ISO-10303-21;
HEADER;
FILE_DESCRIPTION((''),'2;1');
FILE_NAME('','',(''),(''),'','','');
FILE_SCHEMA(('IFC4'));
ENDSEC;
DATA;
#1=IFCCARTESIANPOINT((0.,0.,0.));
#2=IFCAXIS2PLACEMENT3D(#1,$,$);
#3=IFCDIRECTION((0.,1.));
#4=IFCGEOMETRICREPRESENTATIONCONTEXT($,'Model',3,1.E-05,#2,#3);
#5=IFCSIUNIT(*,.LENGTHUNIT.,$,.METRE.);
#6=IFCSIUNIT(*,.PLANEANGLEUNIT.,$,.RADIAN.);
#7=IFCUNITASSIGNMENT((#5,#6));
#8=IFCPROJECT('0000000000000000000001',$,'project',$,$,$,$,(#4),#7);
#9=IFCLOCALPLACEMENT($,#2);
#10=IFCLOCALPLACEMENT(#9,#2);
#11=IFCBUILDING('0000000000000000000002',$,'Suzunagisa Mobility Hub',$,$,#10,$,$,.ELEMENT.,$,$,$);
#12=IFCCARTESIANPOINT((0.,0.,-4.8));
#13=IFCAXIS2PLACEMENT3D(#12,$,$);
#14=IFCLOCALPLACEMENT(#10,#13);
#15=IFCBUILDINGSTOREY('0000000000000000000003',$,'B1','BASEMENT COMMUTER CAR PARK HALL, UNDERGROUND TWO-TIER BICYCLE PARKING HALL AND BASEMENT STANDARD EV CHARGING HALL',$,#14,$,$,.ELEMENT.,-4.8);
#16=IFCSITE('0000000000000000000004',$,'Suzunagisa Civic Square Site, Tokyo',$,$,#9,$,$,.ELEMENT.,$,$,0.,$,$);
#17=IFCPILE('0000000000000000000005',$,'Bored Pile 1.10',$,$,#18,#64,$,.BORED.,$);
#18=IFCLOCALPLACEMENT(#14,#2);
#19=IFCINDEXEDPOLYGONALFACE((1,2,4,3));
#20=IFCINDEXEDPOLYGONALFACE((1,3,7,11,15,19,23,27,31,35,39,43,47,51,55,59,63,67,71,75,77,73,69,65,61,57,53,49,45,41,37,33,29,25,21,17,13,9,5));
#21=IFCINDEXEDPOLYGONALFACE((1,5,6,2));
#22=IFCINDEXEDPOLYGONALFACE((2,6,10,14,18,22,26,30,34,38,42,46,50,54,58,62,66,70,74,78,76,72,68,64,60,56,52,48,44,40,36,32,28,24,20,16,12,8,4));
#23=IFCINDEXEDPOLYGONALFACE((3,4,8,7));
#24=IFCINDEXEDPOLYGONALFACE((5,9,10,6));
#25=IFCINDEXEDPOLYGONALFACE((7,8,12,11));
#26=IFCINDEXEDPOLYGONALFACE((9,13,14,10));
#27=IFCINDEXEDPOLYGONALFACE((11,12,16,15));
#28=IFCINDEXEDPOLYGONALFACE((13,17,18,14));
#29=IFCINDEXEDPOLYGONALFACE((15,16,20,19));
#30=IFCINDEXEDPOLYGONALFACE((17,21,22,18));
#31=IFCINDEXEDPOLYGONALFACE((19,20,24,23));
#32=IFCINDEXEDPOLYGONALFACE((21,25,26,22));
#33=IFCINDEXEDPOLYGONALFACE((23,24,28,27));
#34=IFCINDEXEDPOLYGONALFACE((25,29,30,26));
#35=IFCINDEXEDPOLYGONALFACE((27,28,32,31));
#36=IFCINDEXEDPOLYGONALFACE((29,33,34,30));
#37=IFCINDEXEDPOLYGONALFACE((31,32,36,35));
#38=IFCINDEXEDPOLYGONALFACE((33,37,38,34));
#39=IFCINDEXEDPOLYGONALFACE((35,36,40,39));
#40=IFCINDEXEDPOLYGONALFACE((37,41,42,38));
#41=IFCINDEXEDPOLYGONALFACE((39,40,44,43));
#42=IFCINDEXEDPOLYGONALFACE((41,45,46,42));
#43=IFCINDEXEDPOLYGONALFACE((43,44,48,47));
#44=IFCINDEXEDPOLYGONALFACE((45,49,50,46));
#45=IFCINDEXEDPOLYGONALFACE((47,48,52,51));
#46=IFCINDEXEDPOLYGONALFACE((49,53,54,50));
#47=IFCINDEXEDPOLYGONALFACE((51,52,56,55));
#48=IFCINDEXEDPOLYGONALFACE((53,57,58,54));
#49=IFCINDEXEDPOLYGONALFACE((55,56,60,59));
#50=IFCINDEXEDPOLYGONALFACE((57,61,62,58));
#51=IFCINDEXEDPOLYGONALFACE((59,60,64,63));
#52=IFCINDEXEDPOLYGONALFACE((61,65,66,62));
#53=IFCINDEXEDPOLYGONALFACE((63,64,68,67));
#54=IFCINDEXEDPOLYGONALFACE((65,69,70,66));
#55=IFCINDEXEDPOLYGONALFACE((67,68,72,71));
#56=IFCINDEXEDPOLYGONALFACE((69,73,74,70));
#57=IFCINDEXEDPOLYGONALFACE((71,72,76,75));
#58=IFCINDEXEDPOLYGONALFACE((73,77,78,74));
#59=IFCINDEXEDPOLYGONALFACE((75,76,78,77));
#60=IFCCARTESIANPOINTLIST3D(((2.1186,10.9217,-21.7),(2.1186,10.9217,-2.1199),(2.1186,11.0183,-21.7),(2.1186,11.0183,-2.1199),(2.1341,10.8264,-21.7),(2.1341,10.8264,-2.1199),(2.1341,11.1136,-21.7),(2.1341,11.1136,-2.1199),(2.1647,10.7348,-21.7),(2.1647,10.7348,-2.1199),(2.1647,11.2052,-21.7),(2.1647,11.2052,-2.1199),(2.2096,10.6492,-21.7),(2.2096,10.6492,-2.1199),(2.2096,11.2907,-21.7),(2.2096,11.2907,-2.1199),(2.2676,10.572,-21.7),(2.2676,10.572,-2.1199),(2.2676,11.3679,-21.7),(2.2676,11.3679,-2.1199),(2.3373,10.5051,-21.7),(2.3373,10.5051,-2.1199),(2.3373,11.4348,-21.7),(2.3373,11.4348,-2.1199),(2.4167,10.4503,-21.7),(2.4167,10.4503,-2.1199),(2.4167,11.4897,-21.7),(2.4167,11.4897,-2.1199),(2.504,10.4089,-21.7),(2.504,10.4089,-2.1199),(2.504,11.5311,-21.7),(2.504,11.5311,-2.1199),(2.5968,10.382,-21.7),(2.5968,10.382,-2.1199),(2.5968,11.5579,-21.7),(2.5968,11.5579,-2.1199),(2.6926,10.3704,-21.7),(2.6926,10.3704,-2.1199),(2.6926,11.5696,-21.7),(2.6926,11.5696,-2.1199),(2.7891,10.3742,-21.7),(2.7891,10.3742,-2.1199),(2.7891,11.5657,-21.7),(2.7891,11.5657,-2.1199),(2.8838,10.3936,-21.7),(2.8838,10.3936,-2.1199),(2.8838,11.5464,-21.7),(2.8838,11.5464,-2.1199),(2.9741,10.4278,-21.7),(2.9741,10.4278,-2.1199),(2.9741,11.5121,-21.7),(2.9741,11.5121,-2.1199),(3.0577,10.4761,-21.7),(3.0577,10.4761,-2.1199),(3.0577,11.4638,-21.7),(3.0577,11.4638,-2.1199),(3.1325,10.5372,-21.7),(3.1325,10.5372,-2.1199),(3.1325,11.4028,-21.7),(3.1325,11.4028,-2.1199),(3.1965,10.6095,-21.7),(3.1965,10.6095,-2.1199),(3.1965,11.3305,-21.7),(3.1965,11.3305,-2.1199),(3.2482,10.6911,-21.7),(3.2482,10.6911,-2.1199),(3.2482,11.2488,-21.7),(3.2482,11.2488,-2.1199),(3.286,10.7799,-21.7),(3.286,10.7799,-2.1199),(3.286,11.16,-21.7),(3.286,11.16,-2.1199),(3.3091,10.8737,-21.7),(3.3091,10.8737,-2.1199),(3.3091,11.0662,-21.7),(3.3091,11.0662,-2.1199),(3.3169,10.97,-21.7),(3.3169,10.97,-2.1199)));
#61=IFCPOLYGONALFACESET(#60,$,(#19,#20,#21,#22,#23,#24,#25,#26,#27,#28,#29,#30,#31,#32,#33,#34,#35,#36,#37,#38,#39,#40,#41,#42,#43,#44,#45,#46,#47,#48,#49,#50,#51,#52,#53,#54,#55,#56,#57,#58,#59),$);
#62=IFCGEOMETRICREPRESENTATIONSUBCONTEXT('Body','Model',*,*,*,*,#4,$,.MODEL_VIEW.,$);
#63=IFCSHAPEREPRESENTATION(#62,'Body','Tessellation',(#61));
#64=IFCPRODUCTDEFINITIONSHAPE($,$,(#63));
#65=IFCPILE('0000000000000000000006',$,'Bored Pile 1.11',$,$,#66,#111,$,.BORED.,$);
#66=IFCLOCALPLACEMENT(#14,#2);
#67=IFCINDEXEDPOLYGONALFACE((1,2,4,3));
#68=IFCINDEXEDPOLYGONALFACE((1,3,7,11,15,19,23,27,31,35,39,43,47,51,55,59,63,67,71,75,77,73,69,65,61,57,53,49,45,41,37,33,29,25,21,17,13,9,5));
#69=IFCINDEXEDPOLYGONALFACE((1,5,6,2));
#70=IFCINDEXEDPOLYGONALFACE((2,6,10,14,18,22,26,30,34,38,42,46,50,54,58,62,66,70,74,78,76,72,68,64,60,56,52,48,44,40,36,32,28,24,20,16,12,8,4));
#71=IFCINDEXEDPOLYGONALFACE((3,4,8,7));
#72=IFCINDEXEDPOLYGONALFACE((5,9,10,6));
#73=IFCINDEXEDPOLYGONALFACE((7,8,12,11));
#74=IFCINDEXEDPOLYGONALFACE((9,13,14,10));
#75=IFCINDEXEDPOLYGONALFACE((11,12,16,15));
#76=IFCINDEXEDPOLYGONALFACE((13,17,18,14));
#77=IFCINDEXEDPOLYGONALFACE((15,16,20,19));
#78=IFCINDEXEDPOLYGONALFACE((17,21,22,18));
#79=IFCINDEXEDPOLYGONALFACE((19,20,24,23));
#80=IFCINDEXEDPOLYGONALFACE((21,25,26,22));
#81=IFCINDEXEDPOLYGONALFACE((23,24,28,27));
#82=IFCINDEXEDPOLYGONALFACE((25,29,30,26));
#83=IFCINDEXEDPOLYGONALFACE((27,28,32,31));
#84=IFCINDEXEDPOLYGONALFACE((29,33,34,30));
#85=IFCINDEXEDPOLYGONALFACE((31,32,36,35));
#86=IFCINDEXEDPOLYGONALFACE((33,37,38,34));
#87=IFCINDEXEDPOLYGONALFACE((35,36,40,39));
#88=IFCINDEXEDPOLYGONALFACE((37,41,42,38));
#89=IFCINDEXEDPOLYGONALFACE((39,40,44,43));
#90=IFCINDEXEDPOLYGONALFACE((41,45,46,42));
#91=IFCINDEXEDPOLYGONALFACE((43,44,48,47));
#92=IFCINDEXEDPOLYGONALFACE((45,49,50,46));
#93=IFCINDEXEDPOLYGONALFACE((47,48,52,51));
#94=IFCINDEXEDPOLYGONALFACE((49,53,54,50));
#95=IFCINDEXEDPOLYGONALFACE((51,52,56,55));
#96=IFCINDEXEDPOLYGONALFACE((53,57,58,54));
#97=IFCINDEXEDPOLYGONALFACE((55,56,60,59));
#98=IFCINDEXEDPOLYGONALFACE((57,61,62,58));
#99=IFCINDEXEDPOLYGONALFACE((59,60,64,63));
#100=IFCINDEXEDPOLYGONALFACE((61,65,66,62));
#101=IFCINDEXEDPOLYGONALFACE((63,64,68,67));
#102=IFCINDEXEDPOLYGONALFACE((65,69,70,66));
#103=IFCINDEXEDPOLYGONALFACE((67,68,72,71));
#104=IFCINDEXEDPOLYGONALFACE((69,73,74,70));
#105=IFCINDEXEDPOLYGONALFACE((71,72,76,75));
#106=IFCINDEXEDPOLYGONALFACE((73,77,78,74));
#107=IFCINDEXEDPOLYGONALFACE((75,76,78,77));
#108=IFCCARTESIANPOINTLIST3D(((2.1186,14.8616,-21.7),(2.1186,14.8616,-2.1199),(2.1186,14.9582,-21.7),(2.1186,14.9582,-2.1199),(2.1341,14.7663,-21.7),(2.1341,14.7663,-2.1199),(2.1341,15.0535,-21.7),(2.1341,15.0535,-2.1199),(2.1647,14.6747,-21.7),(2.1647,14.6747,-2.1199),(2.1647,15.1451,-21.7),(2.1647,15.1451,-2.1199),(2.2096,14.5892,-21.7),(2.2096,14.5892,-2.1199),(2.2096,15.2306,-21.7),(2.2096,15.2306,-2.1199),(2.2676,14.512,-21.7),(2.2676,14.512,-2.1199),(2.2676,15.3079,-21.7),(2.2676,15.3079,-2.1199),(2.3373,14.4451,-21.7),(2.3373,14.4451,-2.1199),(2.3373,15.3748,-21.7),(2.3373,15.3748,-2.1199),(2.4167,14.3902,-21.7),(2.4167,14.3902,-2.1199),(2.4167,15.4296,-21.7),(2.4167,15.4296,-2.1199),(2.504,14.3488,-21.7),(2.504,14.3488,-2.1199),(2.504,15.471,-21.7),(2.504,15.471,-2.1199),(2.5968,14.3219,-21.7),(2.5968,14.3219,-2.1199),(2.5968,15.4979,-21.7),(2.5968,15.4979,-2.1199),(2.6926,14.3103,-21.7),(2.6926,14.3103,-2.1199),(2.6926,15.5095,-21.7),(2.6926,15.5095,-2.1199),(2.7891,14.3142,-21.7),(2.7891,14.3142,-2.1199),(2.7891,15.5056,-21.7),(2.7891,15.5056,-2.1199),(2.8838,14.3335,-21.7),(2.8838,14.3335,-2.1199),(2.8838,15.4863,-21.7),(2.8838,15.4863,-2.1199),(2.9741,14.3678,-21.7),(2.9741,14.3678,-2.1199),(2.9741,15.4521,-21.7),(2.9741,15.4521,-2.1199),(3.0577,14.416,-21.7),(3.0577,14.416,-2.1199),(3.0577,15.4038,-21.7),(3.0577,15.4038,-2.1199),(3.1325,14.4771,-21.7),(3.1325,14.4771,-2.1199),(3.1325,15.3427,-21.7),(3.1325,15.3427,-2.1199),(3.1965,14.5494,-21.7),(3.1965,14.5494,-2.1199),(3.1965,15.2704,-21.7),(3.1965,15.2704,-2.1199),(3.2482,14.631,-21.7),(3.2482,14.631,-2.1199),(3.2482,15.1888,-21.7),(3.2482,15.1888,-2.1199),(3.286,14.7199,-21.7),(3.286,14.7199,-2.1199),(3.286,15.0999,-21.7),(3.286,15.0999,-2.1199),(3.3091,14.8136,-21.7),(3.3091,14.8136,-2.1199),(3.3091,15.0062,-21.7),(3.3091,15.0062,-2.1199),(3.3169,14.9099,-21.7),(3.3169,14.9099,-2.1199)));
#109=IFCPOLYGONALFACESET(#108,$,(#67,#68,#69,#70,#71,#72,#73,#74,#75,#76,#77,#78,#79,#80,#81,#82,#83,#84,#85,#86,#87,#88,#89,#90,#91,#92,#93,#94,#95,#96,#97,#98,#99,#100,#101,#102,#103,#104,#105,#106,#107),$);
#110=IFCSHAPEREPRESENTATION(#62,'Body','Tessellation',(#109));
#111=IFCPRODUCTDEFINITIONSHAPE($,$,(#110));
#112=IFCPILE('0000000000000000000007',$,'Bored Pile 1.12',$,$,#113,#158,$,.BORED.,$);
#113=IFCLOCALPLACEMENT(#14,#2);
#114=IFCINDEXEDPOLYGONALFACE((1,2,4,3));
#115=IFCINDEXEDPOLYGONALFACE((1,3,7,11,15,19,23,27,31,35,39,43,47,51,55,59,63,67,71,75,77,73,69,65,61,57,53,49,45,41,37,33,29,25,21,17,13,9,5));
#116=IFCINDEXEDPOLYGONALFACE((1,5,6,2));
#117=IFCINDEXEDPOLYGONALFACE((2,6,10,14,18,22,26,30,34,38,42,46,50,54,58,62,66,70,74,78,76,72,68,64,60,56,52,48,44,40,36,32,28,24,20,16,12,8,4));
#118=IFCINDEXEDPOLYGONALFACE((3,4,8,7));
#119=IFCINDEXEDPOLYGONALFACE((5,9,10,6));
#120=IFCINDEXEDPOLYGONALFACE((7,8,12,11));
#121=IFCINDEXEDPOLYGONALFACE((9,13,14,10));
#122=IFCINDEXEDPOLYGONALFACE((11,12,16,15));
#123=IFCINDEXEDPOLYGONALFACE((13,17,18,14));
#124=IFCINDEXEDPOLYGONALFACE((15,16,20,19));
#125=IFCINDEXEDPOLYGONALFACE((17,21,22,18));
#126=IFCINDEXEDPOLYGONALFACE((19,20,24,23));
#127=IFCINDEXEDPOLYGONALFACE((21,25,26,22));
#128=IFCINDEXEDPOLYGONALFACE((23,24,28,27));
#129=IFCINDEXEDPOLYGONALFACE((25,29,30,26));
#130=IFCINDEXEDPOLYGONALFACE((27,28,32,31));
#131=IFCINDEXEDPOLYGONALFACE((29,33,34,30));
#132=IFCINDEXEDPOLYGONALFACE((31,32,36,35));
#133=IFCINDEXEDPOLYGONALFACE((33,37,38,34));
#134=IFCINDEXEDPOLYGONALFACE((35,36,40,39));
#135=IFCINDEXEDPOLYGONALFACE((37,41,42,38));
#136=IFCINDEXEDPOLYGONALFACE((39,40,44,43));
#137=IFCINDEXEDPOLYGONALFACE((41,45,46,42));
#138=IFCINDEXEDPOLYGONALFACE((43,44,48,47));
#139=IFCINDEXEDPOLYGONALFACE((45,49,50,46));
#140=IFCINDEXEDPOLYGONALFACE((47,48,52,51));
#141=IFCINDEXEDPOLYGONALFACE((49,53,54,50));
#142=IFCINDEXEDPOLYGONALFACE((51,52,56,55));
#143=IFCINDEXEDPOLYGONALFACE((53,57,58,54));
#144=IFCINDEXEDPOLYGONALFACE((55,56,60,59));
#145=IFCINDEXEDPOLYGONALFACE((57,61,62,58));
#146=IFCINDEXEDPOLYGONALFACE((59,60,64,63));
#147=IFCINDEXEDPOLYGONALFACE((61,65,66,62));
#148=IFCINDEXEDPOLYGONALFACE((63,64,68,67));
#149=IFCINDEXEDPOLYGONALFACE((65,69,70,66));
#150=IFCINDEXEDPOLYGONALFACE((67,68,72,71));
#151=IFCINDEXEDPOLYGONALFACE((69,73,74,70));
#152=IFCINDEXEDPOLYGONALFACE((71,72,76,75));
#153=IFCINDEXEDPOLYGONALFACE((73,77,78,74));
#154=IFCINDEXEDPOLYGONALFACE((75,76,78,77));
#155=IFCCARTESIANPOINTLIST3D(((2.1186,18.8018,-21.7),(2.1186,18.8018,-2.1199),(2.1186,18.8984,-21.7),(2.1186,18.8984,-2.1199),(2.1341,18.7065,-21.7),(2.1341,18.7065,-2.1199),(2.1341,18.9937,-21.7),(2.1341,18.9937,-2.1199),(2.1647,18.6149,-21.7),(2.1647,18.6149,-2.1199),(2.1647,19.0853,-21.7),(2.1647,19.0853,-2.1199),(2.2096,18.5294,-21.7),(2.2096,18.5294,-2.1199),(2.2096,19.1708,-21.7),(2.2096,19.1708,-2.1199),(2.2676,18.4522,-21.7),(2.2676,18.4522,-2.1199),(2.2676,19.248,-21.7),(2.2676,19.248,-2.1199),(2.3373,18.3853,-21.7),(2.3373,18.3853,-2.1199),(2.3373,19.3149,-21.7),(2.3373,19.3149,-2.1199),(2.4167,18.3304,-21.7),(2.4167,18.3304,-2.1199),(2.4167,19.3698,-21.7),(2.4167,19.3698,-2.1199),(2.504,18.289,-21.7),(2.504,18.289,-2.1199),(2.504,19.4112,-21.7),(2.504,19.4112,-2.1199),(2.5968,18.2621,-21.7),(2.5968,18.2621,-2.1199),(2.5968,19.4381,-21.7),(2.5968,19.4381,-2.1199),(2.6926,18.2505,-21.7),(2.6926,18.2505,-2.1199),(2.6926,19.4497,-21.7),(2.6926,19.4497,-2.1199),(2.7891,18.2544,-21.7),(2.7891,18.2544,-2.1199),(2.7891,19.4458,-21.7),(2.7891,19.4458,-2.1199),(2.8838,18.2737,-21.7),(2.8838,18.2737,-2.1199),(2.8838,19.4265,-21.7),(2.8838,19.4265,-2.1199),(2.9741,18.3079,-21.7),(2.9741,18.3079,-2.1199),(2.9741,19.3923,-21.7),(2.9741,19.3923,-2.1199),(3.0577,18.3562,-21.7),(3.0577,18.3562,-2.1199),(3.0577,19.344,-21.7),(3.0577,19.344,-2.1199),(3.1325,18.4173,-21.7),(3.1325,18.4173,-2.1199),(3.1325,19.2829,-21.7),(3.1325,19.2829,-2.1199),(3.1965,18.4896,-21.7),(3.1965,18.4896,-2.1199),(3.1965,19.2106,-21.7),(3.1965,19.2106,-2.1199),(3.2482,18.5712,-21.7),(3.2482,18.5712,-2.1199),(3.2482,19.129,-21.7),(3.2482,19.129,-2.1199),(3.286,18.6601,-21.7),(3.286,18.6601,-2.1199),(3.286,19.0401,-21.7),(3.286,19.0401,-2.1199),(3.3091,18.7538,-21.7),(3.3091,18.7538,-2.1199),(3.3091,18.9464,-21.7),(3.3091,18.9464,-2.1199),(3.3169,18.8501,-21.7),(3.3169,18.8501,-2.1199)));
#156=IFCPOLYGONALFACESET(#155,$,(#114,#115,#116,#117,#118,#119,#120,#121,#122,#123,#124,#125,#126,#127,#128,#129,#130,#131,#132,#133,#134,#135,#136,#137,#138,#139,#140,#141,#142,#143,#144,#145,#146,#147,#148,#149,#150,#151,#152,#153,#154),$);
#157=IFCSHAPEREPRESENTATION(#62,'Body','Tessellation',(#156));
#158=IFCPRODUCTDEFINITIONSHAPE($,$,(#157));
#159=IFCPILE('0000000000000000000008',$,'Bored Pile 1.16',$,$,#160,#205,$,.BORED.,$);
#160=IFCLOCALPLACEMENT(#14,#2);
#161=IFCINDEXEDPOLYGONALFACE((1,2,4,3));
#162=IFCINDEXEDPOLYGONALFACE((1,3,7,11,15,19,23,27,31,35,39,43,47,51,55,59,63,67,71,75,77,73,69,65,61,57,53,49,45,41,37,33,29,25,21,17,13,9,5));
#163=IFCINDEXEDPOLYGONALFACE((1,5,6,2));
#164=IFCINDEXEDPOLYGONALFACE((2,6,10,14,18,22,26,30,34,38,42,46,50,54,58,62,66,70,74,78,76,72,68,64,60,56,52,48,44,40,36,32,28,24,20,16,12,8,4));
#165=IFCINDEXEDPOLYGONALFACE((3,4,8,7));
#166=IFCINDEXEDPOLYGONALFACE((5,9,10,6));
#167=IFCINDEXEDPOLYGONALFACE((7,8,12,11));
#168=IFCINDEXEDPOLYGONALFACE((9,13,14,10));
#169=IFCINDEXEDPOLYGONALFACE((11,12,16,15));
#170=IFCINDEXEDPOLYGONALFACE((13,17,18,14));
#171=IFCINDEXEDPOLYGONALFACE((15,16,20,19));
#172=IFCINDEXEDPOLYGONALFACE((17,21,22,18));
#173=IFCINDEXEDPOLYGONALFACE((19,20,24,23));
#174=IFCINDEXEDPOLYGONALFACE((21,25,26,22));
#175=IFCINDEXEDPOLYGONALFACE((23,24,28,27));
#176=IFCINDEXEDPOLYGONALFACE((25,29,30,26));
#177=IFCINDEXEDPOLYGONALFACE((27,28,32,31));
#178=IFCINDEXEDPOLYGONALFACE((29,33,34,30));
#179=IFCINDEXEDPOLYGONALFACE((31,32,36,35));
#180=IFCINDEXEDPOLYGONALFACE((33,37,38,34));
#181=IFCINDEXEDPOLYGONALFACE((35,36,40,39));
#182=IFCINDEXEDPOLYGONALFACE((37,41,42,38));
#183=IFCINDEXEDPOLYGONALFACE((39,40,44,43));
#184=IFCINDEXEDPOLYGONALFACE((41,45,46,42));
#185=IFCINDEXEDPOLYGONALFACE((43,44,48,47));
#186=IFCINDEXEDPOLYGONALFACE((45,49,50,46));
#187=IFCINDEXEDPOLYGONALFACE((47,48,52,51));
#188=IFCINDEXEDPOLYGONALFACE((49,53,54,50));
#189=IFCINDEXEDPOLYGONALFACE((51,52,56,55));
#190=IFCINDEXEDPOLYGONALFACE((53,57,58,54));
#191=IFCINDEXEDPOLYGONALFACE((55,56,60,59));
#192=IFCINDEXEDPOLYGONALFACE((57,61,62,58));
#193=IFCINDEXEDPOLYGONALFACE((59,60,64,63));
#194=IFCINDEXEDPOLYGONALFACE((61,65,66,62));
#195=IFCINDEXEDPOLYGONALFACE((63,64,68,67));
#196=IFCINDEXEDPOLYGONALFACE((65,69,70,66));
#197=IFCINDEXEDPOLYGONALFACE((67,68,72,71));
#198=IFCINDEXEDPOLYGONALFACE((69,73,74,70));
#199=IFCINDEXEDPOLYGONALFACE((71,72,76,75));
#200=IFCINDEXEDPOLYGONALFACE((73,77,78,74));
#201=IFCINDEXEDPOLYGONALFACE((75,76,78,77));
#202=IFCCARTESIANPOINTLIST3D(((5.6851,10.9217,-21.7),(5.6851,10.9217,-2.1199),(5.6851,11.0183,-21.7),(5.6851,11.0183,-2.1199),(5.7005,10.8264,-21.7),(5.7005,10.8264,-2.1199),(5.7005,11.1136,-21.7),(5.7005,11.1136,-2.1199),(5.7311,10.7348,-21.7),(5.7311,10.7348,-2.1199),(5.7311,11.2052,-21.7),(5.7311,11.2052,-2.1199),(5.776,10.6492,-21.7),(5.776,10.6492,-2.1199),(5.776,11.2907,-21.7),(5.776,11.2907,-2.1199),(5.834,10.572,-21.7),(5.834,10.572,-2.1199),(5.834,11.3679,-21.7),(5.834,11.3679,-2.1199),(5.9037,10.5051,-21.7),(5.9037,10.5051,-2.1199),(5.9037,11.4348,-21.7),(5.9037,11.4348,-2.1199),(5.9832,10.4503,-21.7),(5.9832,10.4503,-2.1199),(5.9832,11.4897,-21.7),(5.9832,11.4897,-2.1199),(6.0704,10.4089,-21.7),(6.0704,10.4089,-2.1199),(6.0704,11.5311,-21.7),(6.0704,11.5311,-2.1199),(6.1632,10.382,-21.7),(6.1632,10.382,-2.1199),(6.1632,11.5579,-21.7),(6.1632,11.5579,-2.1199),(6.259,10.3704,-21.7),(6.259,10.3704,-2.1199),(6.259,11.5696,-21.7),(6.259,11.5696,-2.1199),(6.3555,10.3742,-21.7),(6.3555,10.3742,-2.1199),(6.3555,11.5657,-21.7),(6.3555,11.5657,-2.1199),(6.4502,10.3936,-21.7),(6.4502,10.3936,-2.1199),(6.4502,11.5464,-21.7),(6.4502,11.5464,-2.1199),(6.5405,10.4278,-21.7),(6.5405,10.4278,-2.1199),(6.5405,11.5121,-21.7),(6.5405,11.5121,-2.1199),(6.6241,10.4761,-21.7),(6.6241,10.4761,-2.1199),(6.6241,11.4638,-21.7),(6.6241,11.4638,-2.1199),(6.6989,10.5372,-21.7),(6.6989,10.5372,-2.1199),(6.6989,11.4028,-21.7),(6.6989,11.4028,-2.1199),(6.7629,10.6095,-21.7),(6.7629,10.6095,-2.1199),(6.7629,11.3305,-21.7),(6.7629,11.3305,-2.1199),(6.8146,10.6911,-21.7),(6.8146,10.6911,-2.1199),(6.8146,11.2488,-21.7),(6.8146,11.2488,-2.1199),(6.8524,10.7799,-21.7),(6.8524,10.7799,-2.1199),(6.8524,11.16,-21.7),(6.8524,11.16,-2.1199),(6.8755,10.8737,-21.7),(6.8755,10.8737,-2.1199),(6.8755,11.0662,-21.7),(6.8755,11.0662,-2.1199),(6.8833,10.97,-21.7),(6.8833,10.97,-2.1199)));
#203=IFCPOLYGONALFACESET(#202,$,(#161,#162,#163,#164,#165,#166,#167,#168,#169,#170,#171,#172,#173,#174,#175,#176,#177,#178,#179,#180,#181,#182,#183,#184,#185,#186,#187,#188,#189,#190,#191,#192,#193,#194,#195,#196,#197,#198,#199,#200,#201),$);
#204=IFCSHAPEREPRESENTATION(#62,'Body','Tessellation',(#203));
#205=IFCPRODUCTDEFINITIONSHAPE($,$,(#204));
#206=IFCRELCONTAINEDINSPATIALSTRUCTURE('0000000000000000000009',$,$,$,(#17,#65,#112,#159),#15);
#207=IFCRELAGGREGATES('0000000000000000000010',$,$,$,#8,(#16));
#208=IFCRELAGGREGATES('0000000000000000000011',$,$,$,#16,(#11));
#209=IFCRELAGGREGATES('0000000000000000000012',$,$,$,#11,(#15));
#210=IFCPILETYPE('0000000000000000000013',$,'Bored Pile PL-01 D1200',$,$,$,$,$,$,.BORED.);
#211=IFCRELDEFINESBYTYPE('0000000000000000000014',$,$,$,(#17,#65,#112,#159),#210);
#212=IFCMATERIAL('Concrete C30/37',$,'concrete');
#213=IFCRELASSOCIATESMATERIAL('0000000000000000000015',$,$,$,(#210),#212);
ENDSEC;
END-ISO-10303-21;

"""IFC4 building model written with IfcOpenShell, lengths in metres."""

from ifc_helpers import new_model, si_unit, direction, frame, origin, origin_2d, place, context, subcontext, project, spatial, circle, extrude, material, material_profile, profile_set, type_object, element, save


model = new_model("IFC4")

# Units and contexts
model_context = context("Model", 3, precision=1e-05, world=origin(), true_north=direction((0.0, 1.0)))
body_context = subcontext(model_context, "Body", "Model", "MODEL_VIEW")
ifc_project = project(units=[si_unit("LENGTHUNIT", "METRE"), si_unit("PLANEANGLEUNIT", "RADIAN")], contexts=[model_context])

# Site, building, storey
site_placement = place(None, origin())
site = spatial("IfcSite", under=ifc_project, at=site_placement, Name="Suzunagisa Civic Square Site, Tokyo", CompositionType="ELEMENT", RefElevation=0.0)
building_placement = place(site_placement, origin())
building = spatial("IfcBuilding", under=site, at=building_placement, Name="Suzunagisa Mobility Hub", CompositionType="ELEMENT")
storey_placement = place(building_placement, frame((0.0, 0.0, -4.8)))
storey = spatial("IfcBuildingStorey", under=building, at=storey_placement, Name="B1", Description="BASEMENT COMMUTER CAR PARK HALL, UNDERGROUND TWO-TIER BICYCLE PARKING HALL AND BASEMENT STANDARD EV CHARGING HALL", CompositionType="ELEMENT", Elevation=-4.8)

# Piles
ifc_material_1 = material(Name="Concrete C30/37", Category="concrete")
ifc_material_profile_1 = material_profile(ifc_material_1, circle(Radius=0.6001, at=origin_2d()), Name="BORED PILE D1200")
ifc_profile_set_1 = profile_set([ifc_material_profile_1], Name="Concrete C30/37")
pile_type = type_object("IfcPileType", Name="Bored Pile PL-01 D1200", PredefinedType="BORED", material=ifc_profile_set_1)
for number, where, z_axis, x_axis, name in (
    (1, (2.7168, 10.97, -2.1199), (0.0, 0.0, -1.0), (1.0, 0.0, 0.0), "Bored Pile 1.10"),
    (2, (2.7168, 14.9099, -2.1199), (0.0, 0.0, -1.0), (1.0, 0.0, 0.0), "Bored Pile 1.11"),
    (3, (2.7168, 18.8501, -2.1199), (0.0, 0.0, -1.0), (1.0, 0.0, 0.0), "Bored Pile 1.12"),
    (4, (6.2832, 10.97, -2.1199), (0.0, 0.0, -1.0), (1.0, 0.0, 0.0), "Bored Pile 1.16"),
):
    element("IfcPile", number, at=place(storey_placement, frame(where, z_axis=z_axis, x_axis=x_axis)), inside=storey, type_object=pile_type, Name=name, PredefinedType="BORED", context=body_context, shape_type="SweptSolid", body=[
        extrude(circle(Radius=0.6001, at=origin_2d()), origin(), (0.0, 0.0, 1.0), 19.5801),
    ])

save(model, "model.ifc")
